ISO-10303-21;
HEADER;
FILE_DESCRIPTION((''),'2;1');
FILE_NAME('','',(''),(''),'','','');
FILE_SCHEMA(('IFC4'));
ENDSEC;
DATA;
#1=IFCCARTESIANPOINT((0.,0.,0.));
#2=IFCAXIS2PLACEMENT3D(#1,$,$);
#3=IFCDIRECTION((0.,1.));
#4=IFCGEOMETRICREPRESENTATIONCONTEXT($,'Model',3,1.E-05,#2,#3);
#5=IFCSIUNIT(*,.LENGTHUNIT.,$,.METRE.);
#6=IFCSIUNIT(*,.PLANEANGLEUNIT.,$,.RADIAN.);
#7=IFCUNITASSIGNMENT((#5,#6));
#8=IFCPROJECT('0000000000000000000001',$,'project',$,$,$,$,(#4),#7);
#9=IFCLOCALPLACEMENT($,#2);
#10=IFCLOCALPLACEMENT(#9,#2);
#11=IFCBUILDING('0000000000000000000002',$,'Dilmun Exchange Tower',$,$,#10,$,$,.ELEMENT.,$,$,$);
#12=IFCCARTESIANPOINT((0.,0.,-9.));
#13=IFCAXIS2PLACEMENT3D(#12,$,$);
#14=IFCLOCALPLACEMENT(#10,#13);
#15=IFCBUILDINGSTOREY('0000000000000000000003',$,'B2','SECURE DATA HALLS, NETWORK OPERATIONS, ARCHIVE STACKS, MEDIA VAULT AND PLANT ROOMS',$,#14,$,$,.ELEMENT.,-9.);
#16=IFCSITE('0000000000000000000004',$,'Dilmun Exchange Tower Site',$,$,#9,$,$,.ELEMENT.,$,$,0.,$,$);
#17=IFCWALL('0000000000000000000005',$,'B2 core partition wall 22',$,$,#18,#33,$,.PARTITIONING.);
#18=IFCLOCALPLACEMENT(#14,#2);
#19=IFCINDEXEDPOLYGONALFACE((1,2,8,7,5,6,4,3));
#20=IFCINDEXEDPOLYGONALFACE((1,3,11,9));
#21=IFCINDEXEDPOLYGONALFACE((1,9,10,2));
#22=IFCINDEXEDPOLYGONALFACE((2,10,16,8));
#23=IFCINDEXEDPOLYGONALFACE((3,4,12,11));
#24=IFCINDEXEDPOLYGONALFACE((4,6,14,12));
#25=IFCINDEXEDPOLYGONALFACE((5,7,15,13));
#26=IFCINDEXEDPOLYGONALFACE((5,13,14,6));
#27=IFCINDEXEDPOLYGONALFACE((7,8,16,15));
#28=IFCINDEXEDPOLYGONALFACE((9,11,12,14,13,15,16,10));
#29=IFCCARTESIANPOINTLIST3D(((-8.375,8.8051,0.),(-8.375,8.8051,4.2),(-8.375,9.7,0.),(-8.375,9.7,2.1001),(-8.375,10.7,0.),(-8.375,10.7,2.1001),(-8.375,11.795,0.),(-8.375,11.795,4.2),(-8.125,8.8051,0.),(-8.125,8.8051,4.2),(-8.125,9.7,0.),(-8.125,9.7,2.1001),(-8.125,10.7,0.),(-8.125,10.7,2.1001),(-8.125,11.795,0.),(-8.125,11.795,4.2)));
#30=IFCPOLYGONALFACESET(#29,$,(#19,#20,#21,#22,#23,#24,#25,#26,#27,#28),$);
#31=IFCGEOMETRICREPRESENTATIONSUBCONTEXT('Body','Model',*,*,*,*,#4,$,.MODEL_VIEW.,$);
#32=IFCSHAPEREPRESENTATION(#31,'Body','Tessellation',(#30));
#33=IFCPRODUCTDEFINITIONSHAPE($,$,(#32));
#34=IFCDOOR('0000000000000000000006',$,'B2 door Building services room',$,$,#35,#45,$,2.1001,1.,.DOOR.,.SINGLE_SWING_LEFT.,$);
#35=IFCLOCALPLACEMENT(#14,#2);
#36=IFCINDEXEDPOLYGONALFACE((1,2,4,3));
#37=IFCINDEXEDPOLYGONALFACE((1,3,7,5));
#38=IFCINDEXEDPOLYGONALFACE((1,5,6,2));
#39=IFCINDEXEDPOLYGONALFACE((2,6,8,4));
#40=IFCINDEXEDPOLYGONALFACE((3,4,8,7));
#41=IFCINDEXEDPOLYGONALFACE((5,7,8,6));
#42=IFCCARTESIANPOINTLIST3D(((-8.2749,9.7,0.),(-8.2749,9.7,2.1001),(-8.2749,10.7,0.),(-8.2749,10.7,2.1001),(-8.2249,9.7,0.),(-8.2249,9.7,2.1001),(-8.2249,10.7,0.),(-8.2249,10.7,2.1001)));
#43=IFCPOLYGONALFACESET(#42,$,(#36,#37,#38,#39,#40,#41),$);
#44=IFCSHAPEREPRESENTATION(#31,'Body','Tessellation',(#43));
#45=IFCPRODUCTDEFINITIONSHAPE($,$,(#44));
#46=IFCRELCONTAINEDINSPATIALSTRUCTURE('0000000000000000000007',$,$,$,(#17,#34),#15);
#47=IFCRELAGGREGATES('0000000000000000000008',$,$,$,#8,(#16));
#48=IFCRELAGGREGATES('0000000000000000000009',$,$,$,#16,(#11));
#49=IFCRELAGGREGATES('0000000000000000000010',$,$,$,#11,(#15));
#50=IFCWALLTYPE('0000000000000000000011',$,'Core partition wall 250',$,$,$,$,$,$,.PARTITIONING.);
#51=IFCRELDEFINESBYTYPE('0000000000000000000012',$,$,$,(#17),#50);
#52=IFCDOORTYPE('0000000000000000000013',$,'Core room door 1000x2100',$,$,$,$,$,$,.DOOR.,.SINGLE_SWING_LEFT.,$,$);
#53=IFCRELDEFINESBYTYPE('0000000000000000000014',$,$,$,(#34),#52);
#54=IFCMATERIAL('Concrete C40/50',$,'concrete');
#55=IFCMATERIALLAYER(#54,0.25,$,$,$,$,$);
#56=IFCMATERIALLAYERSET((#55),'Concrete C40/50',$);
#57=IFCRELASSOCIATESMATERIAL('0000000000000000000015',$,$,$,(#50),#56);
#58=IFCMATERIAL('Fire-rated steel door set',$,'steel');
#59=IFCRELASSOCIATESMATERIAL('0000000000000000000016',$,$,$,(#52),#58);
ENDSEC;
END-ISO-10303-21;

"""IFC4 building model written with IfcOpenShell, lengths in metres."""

from ifc_helpers import new_model, si_unit, direction, frame, frame_2d, origin, place, context, subcontext, project, spatial, rectangle, extrude, material, layer, layer_set, type_object, element, fill, save


model = new_model("IFC4")

# Units and contexts
model_context = context("Model", 3, precision=1e-05, world=origin(), true_north=direction((0.0, 1.0)))
body_context = subcontext(model_context, "Body", "Model", "MODEL_VIEW")
ifc_project = project(units=[si_unit("LENGTHUNIT", "METRE"), si_unit("PLANEANGLEUNIT", "RADIAN")], contexts=[model_context])

# Site, building, storey
site_placement = place(None, origin())
site = spatial("IfcSite", under=ifc_project, at=site_placement, Name="Dilmun Exchange Tower Site", CompositionType="ELEMENT", RefElevation=0.0)
building_placement = place(site_placement, origin())
building = spatial("IfcBuilding", under=site, at=building_placement, Name="Dilmun Exchange Tower", CompositionType="ELEMENT")
storey_placement = place(building_placement, frame((0.0, 0.0, -9.0)))
storey = spatial("IfcBuildingStorey", under=building, at=storey_placement, Name="B2", Description="SECURE DATA HALLS, NETWORK OPERATIONS, ARCHIVE STACKS, MEDIA VAULT AND PLANT ROOMS", CompositionType="ELEMENT", Elevation=-9.0)

# Shared definitions
ifc_material_1 = material(Name="Concrete C40/50", Category="concrete")

# Shared definitions
ifc_layer_1 = layer(ifc_material_1, 0.25)
ifc_layer_set_1 = layer_set([ifc_layer_1], Name="Concrete C40/50")
wall_type_1 = type_object("IfcWallType", Name="Core partition wall 250", PredefinedType="PARTITIONING", material=ifc_layer_set_1)

# Wall, opening, door
wall_1_placement = place(storey_placement, frame((-8.25, 8.8049, 0.0), z_axis=(0.0, 0.0, 1.0), x_axis=(0.0, 1.0, 0.0)))
wall_1 = element("IfcWall", 1, at=wall_1_placement, inside=storey, type_object=wall_type_1, Name="B2 core partition wall 22", PredefinedType="PARTITIONING", context=body_context, shape_type="SweptSolid", body=[
    extrude(rectangle(XDim=2.99, YDim=0.25, at=frame_2d((1.4951, 0.0))), origin(), (0.0, 0.0, 1.0), 4.2),
])
opening_placement = place(wall_1_placement, frame((0.895, 0.0, 0.0)))
opening = element("IfcOpeningElement", 2, at=opening_placement, cuts=wall_1, PredefinedType="OPENING", context=body_context, shape_type="SweptSolid", body=[
    extrude(rectangle(XDim=1.0, YDim=2.1001, at=frame_2d((0.5, 1.05))), frame((0.0, 0.135, 0.0), z_axis=(0.0, -1.0, 0.0), x_axis=(1.0, 0.0, 0.0)), (0.0, 0.0, 1.0), 0.27),
])
ifc_material_2 = material(Name="Fire-rated steel door set", Category="steel")
door_type = type_object("IfcDoorType", Name="Core room door 1000x2100", OperationType="SINGLE_SWING_LEFT", PredefinedType="DOOR", material=ifc_material_2)
door_placement = place(opening_placement, origin())
door = element("IfcDoor", 3, at=door_placement, inside=storey, type_object=door_type, Name="B2 door Building services room", OperationType="SINGLE_SWING_LEFT", OverallHeight=2.1001, OverallWidth=1.0, PredefinedType="DOOR", context=body_context, shape_type="SweptSolid", body=[
    extrude(rectangle(XDim=1.0, YDim=2.1001, at=frame_2d((0.5, 1.05))), frame((0.0, 0.0249, 0.0), z_axis=(0.0, -1.0, 0.0), x_axis=(1.0, 0.0, 0.0)), (0.0, 0.0, 1.0), 0.05),
])
fill(opening, door)

save(model, "model.ifc")
